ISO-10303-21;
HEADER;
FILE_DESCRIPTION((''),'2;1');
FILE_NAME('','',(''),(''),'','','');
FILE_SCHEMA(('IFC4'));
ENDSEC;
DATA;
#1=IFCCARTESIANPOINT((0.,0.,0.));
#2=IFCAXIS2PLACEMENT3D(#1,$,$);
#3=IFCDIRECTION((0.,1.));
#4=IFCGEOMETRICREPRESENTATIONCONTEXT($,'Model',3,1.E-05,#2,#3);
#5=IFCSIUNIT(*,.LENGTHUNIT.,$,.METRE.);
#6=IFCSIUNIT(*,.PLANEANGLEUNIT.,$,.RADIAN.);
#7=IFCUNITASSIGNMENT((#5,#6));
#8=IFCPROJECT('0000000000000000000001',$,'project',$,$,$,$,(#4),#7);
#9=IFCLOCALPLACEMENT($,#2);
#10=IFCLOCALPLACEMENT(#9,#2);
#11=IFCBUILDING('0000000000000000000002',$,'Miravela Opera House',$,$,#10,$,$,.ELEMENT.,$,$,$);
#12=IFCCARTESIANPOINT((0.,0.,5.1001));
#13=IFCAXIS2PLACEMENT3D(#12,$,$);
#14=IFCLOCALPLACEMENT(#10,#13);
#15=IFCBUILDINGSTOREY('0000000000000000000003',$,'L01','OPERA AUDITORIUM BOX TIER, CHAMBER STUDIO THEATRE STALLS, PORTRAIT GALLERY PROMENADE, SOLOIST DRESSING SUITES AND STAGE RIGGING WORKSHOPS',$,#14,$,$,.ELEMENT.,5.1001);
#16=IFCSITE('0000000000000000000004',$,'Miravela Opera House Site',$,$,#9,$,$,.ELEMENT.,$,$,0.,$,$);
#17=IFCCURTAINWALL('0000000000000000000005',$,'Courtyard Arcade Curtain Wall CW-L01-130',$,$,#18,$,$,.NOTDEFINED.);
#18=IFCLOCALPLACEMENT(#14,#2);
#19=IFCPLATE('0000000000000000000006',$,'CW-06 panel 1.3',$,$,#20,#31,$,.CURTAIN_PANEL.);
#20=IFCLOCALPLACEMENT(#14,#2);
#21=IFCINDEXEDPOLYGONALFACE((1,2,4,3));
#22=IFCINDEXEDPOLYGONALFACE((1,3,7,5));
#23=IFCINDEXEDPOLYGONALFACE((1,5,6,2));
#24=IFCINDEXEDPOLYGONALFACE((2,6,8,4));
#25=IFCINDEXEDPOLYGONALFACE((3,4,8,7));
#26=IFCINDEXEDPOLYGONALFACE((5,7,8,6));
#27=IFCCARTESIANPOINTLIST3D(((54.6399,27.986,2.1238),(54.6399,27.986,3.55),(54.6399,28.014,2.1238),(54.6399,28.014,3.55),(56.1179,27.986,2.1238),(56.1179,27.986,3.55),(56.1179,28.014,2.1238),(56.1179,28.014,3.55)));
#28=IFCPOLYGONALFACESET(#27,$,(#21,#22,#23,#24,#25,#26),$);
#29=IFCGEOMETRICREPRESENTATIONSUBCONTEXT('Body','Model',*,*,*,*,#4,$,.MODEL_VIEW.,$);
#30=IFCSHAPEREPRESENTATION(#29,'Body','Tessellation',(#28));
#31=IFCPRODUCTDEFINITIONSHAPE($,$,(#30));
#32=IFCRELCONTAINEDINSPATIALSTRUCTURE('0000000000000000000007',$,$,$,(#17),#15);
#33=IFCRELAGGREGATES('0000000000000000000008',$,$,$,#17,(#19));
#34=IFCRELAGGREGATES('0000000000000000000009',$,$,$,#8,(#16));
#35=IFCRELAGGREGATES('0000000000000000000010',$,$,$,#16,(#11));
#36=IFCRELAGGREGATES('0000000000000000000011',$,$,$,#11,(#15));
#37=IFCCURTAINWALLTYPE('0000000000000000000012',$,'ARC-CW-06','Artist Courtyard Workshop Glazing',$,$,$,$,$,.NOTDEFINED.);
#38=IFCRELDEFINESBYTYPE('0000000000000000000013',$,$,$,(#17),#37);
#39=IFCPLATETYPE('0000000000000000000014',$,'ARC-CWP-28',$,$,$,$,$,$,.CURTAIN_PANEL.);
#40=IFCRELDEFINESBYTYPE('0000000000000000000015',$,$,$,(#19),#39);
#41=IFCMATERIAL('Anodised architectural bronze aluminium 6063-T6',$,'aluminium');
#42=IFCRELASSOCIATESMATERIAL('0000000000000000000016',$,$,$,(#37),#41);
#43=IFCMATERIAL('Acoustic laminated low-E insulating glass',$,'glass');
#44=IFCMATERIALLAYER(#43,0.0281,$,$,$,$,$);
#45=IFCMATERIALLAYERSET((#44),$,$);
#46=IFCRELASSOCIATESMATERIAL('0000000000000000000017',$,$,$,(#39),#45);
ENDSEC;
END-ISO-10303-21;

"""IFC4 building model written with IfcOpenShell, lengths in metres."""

from ifc_helpers import new_model, si_unit, direction, frame, origin, origin_2d, place, context, subcontext, project, spatial, rectangle, extrude, material, layer, layer_set, type_object, element, aggregate, save


model = new_model("IFC4")

# Units and contexts
model_context = context("Model", 3, precision=1e-05, world=origin(), true_north=direction((0.0, 1.0)))
body_context = subcontext(model_context, "Body", "Model", "MODEL_VIEW")
ifc_project = project(units=[si_unit("LENGTHUNIT", "METRE"), si_unit("PLANEANGLEUNIT", "RADIAN")], contexts=[model_context])

# Site, building, storey
site_placement = place(None, origin())
site = spatial("IfcSite", under=ifc_project, at=site_placement, Name="Miravela Opera House Site", CompositionType="ELEMENT", RefElevation=0.0)
building_placement = place(site_placement, origin())
building = spatial("IfcBuilding", under=site, at=building_placement, Name="Miravela Opera House", CompositionType="ELEMENT")
storey_placement = place(building_placement, frame((0.0, 0.0, 5.1001)))
storey = spatial("IfcBuildingStorey", under=building, at=storey_placement, Name="L01", Description="OPERA AUDITORIUM BOX TIER, CHAMBER STUDIO THEATRE STALLS, PORTRAIT GALLERY PROMENADE, SOLOIST DRESSING SUITES AND STAGE RIGGING WORKSHOPS", CompositionType="ELEMENT", Elevation=5.1001)

# Shared definitions
ifc_material_1 = material(Name="Anodised architectural bronze aluminium 6063-T6", Category="aluminium")
curtain_wall_type = type_object("IfcCurtainWallType", Name="ARC-CW-06", Description="Artist Courtyard Workshop Glazing", PredefinedType="NOTDEFINED", material=ifc_material_1)

# Curtain wall
curtain_wall_1_placement = place(storey_placement, origin())
curtain_wall_1 = element("IfcCurtainWall", 1, at=curtain_wall_1_placement, inside=storey, type_object=curtain_wall_type, Name="Courtyard Arcade Curtain Wall CW-L01-130", PredefinedType="NOTDEFINED")

# Plate
ifc_material_2 = material(Name="Acoustic laminated low-E insulating glass", Category="glass")
ifc_layer = layer(ifc_material_2, 0.0281)
ifc_layer_set = layer_set([ifc_layer])
plate_type = type_object("IfcPlateType", Name="ARC-CWP-28", PredefinedType="CURTAIN_PANEL", material=ifc_layer_set)
plate_1_placement = place(storey_placement, frame((55.3789, 28.0, 2.1238), z_axis=(0.0, 0.0, 1.0), x_axis=(1.0, 0.0, 0.0)))
plate_1 = element("IfcPlate", 2, at=plate_1_placement, type_object=plate_type, Name="CW-06 panel 1.3", PredefinedType="CURTAIN_PANEL", context=body_context, shape_type="SweptSolid", body=[
    extrude(rectangle(XDim=1.478, YDim=0.0281, at=origin_2d()), origin(), (0.0, 0.0, 1.0), 1.4263),
])
aggregate(curtain_wall_1, [plate_1])

save(model, "model.ifc")
